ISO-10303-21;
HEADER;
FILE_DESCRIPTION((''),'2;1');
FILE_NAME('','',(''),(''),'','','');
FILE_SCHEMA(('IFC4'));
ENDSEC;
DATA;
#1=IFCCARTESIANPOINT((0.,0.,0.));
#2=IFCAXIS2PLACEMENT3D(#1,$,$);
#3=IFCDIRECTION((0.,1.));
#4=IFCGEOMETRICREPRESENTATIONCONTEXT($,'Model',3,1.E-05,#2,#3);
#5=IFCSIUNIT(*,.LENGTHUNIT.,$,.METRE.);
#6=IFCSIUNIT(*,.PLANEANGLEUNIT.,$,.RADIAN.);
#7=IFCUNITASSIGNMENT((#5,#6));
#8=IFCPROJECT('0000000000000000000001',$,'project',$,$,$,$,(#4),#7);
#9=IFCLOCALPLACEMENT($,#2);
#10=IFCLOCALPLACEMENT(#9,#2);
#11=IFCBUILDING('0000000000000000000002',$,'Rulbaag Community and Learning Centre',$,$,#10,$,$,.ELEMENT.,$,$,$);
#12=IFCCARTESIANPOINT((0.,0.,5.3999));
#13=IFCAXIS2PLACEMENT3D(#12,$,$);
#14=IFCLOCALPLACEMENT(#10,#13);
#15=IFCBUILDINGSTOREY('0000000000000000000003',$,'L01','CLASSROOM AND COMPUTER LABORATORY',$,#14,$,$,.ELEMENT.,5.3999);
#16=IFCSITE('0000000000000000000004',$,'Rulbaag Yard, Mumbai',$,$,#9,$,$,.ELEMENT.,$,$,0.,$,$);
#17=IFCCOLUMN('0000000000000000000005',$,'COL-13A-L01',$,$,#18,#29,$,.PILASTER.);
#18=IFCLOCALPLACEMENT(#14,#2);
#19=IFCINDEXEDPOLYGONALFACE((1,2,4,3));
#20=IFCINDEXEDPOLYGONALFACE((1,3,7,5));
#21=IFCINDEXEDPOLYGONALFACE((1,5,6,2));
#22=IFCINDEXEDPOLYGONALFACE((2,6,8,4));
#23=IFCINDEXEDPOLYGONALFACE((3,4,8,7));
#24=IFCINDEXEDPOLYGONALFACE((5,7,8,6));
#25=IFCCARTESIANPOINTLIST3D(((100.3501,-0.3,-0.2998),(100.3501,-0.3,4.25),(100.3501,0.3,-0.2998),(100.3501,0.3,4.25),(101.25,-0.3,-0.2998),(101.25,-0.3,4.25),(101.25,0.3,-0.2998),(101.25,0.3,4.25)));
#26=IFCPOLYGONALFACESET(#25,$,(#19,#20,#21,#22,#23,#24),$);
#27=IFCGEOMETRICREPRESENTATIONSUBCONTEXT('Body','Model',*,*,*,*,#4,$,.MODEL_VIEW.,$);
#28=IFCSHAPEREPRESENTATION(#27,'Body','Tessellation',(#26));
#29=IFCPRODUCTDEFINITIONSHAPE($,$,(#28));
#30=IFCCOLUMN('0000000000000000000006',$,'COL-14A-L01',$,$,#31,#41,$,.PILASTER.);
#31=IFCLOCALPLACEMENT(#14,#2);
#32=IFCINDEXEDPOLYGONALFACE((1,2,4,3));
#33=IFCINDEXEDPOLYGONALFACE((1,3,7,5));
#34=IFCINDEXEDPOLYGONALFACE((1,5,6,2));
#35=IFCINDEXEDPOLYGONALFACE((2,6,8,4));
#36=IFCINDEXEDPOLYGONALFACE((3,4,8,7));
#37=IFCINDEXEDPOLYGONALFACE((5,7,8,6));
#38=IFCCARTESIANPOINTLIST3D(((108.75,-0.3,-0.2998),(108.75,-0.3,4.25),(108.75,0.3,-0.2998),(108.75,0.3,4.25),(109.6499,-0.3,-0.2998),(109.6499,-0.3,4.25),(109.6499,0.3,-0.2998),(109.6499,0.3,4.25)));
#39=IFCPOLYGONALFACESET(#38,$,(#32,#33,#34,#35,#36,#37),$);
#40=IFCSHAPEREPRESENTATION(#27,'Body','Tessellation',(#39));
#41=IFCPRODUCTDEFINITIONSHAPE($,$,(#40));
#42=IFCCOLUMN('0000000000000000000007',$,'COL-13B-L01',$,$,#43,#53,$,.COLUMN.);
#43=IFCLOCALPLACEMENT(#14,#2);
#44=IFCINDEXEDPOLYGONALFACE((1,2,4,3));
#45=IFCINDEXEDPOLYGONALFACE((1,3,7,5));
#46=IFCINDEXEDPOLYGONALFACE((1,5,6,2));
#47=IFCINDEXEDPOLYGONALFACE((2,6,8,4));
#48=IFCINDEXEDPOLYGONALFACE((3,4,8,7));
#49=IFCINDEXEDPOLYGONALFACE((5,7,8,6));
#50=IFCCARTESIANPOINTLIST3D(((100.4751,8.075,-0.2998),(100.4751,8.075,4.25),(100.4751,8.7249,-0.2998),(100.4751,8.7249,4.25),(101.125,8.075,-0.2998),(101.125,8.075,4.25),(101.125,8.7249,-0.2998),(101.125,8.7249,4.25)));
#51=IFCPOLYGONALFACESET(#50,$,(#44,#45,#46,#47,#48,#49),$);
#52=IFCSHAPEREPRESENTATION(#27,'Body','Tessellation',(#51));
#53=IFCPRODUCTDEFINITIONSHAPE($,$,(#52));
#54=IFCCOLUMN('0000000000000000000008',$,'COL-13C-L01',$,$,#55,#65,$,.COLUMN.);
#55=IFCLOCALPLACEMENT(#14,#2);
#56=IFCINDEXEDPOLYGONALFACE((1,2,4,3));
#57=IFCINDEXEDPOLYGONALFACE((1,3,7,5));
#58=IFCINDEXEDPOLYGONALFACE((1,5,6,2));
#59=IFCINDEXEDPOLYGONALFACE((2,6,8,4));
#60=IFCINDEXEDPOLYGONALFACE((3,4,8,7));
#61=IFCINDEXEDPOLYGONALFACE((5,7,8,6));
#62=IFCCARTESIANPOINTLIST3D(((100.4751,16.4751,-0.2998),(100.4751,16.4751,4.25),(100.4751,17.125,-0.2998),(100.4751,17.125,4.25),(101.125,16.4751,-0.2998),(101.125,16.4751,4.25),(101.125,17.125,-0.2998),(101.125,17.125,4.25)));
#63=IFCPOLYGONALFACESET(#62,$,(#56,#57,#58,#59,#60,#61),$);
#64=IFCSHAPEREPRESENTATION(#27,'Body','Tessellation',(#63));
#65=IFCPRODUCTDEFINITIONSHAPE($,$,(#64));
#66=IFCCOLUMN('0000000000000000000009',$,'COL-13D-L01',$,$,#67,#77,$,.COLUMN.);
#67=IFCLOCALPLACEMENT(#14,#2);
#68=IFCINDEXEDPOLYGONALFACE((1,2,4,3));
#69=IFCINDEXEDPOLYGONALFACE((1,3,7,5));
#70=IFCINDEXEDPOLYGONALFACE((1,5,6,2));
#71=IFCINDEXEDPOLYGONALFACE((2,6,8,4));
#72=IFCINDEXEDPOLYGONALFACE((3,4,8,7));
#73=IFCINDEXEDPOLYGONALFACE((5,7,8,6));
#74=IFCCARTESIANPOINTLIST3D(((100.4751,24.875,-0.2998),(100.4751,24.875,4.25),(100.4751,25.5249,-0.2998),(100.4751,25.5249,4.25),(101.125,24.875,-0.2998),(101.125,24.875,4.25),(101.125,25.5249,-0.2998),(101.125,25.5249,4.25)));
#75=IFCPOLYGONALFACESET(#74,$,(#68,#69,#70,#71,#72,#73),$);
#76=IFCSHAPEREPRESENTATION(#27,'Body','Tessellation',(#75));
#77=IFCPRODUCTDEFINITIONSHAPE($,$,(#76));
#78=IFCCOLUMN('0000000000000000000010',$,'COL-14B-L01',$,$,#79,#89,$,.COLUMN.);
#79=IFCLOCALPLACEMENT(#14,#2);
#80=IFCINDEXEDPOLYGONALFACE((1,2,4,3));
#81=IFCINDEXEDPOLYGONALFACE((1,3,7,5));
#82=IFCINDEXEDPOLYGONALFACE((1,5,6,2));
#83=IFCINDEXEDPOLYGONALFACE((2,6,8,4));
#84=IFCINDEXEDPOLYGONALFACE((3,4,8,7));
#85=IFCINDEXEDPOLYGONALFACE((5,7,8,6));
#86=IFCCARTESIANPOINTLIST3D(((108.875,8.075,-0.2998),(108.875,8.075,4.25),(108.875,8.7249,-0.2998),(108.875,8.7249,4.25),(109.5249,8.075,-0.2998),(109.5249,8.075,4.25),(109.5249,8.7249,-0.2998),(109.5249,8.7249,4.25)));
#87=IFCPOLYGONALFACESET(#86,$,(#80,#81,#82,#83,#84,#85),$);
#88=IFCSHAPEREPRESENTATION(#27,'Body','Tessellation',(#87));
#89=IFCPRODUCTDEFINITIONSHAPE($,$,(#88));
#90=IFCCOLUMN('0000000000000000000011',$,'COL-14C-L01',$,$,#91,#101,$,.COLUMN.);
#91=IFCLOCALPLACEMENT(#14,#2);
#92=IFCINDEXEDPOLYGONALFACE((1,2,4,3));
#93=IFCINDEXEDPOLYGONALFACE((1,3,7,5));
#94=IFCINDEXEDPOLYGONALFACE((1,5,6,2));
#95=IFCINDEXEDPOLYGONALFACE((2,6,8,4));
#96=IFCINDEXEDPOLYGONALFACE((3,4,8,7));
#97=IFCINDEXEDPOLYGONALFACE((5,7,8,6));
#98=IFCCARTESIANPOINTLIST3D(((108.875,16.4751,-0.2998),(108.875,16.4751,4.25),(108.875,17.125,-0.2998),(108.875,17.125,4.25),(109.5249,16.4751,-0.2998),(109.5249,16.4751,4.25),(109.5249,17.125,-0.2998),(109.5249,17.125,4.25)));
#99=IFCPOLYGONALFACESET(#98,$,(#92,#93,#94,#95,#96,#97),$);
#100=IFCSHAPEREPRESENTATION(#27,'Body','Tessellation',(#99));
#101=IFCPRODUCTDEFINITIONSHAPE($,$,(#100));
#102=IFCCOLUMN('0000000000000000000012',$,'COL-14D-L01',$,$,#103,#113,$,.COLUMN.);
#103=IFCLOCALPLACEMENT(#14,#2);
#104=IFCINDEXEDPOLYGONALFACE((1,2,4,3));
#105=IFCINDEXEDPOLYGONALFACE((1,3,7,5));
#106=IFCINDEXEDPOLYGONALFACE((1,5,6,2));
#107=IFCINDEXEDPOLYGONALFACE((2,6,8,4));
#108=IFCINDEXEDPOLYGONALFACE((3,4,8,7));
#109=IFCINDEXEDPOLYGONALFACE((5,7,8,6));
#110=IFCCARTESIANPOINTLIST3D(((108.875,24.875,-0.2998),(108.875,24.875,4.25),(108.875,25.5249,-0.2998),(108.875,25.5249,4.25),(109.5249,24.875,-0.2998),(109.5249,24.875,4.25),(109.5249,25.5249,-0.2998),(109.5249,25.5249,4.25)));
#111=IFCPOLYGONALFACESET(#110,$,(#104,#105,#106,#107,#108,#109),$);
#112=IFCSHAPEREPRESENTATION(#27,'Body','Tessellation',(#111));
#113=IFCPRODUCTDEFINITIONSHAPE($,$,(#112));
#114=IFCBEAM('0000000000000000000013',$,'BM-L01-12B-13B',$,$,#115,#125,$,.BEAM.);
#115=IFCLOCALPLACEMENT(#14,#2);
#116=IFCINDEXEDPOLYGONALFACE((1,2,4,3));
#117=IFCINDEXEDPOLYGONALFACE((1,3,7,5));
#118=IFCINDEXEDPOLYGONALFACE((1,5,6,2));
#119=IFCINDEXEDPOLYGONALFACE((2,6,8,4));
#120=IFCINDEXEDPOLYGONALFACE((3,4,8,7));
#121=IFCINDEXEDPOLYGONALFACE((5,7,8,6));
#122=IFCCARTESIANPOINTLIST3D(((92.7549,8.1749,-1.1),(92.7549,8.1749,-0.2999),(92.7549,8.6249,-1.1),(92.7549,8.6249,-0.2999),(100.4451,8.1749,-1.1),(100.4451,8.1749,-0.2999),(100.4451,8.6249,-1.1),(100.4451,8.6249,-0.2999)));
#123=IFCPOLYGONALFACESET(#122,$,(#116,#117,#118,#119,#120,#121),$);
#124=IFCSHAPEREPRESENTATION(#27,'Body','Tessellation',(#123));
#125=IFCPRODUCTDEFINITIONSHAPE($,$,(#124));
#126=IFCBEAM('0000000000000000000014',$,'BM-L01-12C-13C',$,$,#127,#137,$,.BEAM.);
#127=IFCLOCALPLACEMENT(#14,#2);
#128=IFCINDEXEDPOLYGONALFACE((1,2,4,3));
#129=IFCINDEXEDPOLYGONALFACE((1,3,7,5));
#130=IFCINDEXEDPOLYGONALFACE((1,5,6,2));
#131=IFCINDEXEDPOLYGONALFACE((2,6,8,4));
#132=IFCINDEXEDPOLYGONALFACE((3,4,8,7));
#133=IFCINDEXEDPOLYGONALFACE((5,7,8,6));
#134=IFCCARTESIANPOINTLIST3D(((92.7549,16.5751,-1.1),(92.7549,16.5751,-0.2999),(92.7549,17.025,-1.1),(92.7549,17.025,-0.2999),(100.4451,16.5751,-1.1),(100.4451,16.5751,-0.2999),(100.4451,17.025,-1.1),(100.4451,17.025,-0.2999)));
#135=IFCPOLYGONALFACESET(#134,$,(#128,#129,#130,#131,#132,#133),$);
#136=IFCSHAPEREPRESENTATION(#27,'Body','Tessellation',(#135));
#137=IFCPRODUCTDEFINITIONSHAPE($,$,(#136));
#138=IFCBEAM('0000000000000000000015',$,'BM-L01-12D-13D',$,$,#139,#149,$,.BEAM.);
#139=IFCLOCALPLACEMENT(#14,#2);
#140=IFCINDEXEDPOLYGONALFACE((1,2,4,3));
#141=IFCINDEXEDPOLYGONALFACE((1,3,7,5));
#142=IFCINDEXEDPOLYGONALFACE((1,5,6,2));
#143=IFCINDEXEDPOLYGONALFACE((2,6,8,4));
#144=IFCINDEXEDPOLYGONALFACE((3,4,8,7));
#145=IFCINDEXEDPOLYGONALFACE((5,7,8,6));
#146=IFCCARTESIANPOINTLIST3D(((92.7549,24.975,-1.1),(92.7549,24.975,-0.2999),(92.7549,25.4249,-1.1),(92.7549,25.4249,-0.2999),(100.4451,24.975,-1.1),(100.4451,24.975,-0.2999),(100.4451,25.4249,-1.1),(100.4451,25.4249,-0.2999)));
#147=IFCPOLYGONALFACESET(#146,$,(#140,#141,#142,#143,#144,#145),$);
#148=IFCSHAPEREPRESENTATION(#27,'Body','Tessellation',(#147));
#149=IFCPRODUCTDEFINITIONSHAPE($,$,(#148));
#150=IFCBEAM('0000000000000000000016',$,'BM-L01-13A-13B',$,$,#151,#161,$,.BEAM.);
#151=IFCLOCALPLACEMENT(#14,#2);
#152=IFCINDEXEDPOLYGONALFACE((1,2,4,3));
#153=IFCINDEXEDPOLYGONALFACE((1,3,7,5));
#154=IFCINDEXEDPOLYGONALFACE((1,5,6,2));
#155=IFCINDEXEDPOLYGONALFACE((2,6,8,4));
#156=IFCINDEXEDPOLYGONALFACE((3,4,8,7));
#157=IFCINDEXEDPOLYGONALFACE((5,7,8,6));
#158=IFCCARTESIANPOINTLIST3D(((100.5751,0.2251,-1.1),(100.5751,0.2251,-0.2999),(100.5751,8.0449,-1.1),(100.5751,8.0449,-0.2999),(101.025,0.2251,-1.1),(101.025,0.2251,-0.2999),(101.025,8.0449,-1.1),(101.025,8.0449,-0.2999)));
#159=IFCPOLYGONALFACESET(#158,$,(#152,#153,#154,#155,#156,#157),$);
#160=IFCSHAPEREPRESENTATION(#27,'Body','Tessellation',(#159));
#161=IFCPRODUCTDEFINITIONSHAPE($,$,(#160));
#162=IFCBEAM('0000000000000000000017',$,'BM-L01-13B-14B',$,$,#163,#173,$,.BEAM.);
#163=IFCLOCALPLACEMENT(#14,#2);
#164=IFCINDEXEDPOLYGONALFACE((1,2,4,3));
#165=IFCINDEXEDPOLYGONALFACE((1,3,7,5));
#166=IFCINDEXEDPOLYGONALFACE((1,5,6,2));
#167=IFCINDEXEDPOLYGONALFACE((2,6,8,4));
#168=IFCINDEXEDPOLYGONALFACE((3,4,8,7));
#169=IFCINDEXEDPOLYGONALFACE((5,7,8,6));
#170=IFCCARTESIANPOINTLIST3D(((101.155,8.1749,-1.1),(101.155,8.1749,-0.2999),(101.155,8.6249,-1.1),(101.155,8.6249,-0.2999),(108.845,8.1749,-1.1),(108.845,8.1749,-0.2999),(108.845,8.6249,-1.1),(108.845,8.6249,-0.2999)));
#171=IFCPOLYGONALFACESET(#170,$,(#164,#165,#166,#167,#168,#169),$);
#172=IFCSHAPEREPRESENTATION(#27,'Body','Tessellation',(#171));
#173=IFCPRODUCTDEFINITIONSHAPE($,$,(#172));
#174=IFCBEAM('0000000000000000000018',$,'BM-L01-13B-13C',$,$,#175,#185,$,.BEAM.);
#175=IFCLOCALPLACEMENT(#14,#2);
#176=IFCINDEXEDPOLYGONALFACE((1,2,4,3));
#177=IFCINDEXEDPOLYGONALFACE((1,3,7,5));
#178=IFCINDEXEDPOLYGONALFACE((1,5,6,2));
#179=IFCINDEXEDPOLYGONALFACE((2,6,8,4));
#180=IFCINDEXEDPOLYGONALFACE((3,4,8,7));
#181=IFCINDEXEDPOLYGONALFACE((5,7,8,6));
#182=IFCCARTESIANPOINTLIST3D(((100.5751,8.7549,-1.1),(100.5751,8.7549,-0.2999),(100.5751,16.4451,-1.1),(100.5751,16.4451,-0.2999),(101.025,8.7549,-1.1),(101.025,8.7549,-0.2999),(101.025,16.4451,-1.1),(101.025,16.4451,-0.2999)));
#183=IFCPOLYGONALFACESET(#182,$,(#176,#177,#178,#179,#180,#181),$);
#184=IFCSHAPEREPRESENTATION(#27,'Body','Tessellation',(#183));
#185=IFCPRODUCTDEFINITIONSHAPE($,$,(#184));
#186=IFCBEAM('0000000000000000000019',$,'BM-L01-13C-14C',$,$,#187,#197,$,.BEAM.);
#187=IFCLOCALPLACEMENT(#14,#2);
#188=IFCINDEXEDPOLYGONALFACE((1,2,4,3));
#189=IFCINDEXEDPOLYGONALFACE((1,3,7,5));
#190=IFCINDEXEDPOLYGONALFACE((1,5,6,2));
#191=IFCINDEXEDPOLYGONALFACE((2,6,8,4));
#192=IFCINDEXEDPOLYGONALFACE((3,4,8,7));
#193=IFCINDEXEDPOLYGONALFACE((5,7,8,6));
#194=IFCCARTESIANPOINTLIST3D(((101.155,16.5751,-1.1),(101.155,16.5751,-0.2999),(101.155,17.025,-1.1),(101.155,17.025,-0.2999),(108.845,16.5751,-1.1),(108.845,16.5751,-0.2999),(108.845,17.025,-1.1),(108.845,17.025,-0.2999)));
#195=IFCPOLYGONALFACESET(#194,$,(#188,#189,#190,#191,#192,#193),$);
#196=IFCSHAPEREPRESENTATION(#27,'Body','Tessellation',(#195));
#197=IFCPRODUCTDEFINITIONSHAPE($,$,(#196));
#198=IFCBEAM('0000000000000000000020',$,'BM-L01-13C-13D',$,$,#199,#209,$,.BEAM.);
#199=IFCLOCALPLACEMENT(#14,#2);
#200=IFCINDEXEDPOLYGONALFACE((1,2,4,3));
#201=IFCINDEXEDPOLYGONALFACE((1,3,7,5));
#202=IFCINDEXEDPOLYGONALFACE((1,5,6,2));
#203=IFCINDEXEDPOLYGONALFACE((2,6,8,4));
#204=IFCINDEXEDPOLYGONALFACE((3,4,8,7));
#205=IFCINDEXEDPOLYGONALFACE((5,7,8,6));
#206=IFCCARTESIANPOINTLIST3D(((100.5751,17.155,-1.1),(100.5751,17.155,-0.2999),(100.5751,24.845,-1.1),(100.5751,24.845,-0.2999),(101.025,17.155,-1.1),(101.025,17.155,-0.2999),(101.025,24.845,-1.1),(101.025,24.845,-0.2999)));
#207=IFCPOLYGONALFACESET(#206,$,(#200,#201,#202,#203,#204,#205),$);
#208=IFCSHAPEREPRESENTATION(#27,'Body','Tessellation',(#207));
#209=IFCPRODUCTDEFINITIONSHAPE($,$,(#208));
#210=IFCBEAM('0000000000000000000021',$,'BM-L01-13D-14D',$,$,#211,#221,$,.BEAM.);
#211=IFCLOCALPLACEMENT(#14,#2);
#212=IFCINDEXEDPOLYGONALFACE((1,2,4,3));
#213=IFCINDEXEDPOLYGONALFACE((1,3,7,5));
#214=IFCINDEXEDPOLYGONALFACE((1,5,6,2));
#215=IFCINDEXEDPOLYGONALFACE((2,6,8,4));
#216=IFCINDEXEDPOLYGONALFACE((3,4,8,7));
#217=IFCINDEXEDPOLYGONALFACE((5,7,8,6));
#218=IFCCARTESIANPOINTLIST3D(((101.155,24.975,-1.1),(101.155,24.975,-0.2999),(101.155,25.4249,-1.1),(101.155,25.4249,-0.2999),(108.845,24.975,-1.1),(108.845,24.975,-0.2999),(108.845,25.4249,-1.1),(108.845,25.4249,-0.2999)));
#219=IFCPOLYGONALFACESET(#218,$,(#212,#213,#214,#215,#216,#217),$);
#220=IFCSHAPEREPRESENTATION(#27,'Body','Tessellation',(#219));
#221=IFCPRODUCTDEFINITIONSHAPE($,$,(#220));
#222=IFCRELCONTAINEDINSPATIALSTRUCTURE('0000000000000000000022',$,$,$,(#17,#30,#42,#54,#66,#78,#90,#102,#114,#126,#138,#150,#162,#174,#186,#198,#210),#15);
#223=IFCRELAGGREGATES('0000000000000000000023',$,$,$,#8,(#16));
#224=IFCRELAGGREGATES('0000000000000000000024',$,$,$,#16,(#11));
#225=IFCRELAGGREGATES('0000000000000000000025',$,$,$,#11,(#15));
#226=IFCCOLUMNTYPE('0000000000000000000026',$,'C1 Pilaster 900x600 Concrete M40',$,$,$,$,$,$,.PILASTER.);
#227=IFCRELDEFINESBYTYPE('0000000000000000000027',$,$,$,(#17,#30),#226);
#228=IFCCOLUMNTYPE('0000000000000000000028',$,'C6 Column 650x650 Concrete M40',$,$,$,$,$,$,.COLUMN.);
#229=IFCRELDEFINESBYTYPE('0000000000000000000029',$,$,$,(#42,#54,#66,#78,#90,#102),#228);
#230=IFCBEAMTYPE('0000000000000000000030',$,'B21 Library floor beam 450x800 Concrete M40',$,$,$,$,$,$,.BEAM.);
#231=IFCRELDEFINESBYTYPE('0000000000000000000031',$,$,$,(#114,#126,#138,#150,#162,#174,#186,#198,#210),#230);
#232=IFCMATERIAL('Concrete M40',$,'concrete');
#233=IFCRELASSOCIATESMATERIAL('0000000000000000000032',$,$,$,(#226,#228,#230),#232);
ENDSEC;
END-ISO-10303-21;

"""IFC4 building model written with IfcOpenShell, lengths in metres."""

from ifc_helpers import new_model, si_unit, direction, frame, origin, origin_2d, place, context, subcontext, project, spatial, rectangle, extrude, material, material_profile, profile_set, type_object, element, save


model = new_model("IFC4")

# Units and contexts
model_context = context("Model", 3, precision=1e-05, world=origin(), true_north=direction((0.0, 1.0)))
body_context = subcontext(model_context, "Body", "Model", "MODEL_VIEW")
ifc_project = project(units=[si_unit("LENGTHUNIT", "METRE"), si_unit("PLANEANGLEUNIT", "RADIAN")], contexts=[model_context])

# Site, building, storey
site_placement = place(None, origin())
site = spatial("IfcSite", under=ifc_project, at=site_placement, Name="Rulbaag Yard, Mumbai", CompositionType="ELEMENT", RefElevation=0.0)
building_placement = place(site_placement, origin())
building = spatial("IfcBuilding", under=site, at=building_placement, Name="Rulbaag Community and Learning Centre", CompositionType="ELEMENT")
storey_placement = place(building_placement, frame((0.0, 0.0, 5.3999)))
storey = spatial("IfcBuildingStorey", under=building, at=storey_placement, Name="L01", Description="CLASSROOM AND COMPUTER LABORATORY", CompositionType="ELEMENT", Elevation=5.3999)

# Columns
ifc_material_1 = material(Name="Concrete M40", Category="concrete")
ifc_material_profile_1 = material_profile(ifc_material_1, rectangle(XDim=0.8999, YDim=0.6001, at=origin_2d()), Name="RC900x600")
ifc_profile_set_1 = profile_set([ifc_material_profile_1], Name="Concrete M40")
column_type_1 = type_object("IfcColumnType", Name="C1 Pilaster 900x600 Concrete M40", PredefinedType="PILASTER", material=ifc_profile_set_1)
for number, where, z_axis, x_axis, name in (
    (1, (100.8, 0.0, -0.2998), (0.0, 0.0, 1.0), (1.0, 0.0, 0.0), "COL-13A-L01"),
    (2, (109.2, 0.0, -0.2998), (0.0, 0.0, 1.0), (1.0, 0.0, 0.0), "COL-14A-L01"),
):
    element("IfcColumn", number, at=place(storey_placement, frame(where, z_axis=z_axis, x_axis=x_axis)), inside=storey, type_object=column_type_1, Name=name, PredefinedType="PILASTER", context=body_context, shape_type="SweptSolid", body=[
        extrude(rectangle(XDim=0.8999, YDim=0.6001, at=origin_2d()), origin(), (0.0, 0.0, 1.0), 4.5498),
    ])
ifc_material_profile_2 = material_profile(ifc_material_1, rectangle(XDim=0.6499, YDim=0.6499, at=origin_2d()), Name="RC650x650")
ifc_profile_set_2 = profile_set([ifc_material_profile_2], Name="Concrete M40")
column_type_2 = type_object("IfcColumnType", Name="C6 Column 650x650 Concrete M40", PredefinedType="COLUMN", material=ifc_profile_set_2)
for number, where, z_axis, x_axis, name in (
    (3, (100.8, 8.3999, -0.2998), (0.0, 0.0, 1.0), (1.0, 0.0, 0.0), "COL-13B-L01"),
    (4, (100.8, 16.8, -0.2998), (0.0, 0.0, 1.0), (1.0, 0.0, 0.0), "COL-13C-L01"),
    (5, (100.8, 25.2, -0.2998), (0.0, 0.0, 1.0), (1.0, 0.0, 0.0), "COL-13D-L01"),
    (6, (109.2, 8.3999, -0.2998), (0.0, 0.0, 1.0), (1.0, 0.0, 0.0), "COL-14B-L01"),
    (7, (109.2, 16.8, -0.2998), (0.0, 0.0, 1.0), (1.0, 0.0, 0.0), "COL-14C-L01"),
    (8, (109.2, 25.2, -0.2998), (0.0, 0.0, 1.0), (1.0, 0.0, 0.0), "COL-14D-L01"),
):
    element("IfcColumn", number, at=place(storey_placement, frame(where, z_axis=z_axis, x_axis=x_axis)), inside=storey, type_object=column_type_2, Name=name, PredefinedType="COLUMN", context=body_context, shape_type="SweptSolid", body=[
        extrude(rectangle(XDim=0.6499, YDim=0.6499, at=origin_2d()), origin(), (0.0, 0.0, 1.0), 4.5498),
    ])

# Beams
ifc_material_profile_3 = material_profile(ifc_material_1, rectangle(XDim=0.45, YDim=0.8, at=origin_2d()), Name="RB450x800")
ifc_profile_set_3 = profile_set([ifc_material_profile_3], Name="Concrete M40")
beam_type = type_object("IfcBeamType", Name="B21 Library floor beam 450x800 Concrete M40", PredefinedType="BEAM", material=ifc_profile_set_3)
for number, where, z_axis, x_axis, name in (
    (9, (92.7549, 8.3999, -0.7), (1.0, 0.0, 0.0), (0.0, 1.0, 0.0), "BM-L01-12B-13B"),
    (10, (92.7549, 16.8, -0.7), (1.0, 0.0, 0.0), (0.0, 1.0, 0.0), "BM-L01-12C-13C"),
    (11, (92.7549, 25.2, -0.7), (1.0, 0.0, 0.0), (0.0, 1.0, 0.0), "BM-L01-12D-13D"),
):
    element("IfcBeam", number, at=place(storey_placement, frame(where, z_axis=z_axis, x_axis=x_axis)), inside=storey, type_object=beam_type, Name=name, PredefinedType="BEAM", context=body_context, shape_type="SweptSolid", body=[
        extrude(rectangle(XDim=0.45, YDim=0.8, at=origin_2d()), origin(), (0.0, 0.0, 1.0), 7.6902),
    ])
beam_1_placement = place(storey_placement, frame((100.8, 0.2251, -0.7), z_axis=(0.0, 1.0, 0.0), x_axis=(-1.0, 0.0, 0.0)))
element("IfcBeam", 12, at=beam_1_placement, inside=storey, type_object=beam_type, Name="BM-L01-13A-13B", PredefinedType="BEAM", context=body_context, shape_type="SweptSolid", body=[
    extrude(rectangle(XDim=0.45, YDim=0.8, at=origin_2d()), origin(), (0.0, 0.0, 1.0), 7.8198),
])
beam_2_placement = place(storey_placement, frame((101.155, 8.3999, -0.7), z_axis=(1.0, 0.0, 0.0), x_axis=(0.0, 1.0, 0.0)))
element("IfcBeam", 13, at=beam_2_placement, inside=storey, type_object=beam_type, Name="BM-L01-13B-14B", PredefinedType="BEAM", context=body_context, shape_type="SweptSolid", body=[
    extrude(rectangle(XDim=0.45, YDim=0.8, at=origin_2d()), origin(), (0.0, 0.0, 1.0), 7.6899),
])
beam_3_placement = place(storey_placement, frame((100.8, 8.7549, -0.7), z_axis=(0.0, 1.0, 0.0), x_axis=(-1.0, 0.0, 0.0)))
element("IfcBeam", 14, at=beam_3_placement, inside=storey, type_object=beam_type, Name="BM-L01-13B-13C", PredefinedType="BEAM", context=body_context, shape_type="SweptSolid", body=[
    extrude(rectangle(XDim=0.45, YDim=0.8, at=origin_2d()), origin(), (0.0, 0.0, 1.0), 7.6902),
])
for number, where, z_axis, x_axis, name in (
    (15, (101.155, 16.8, -0.7), (1.0, 0.0, 0.0), (0.0, 1.0, 0.0), "BM-L01-13C-14C"),
    (16, (100.8, 17.155, -0.7), (0.0, 1.0, 0.0), (-1.0, 0.0, 0.0), "BM-L01-13C-13D"),
    (17, (101.155, 25.2, -0.7), (1.0, 0.0, 0.0), (0.0, 1.0, 0.0), "BM-L01-13D-14D"),
):
    element("IfcBeam", number, at=place(storey_placement, frame(where, z_axis=z_axis, x_axis=x_axis)), inside=storey, type_object=beam_type, Name=name, PredefinedType="BEAM", context=body_context, shape_type="SweptSolid", body=[
        extrude(rectangle(XDim=0.45, YDim=0.8, at=origin_2d()), origin(), (0.0, 0.0, 1.0), 7.6899),
    ])

save(model, "model.ifc")
